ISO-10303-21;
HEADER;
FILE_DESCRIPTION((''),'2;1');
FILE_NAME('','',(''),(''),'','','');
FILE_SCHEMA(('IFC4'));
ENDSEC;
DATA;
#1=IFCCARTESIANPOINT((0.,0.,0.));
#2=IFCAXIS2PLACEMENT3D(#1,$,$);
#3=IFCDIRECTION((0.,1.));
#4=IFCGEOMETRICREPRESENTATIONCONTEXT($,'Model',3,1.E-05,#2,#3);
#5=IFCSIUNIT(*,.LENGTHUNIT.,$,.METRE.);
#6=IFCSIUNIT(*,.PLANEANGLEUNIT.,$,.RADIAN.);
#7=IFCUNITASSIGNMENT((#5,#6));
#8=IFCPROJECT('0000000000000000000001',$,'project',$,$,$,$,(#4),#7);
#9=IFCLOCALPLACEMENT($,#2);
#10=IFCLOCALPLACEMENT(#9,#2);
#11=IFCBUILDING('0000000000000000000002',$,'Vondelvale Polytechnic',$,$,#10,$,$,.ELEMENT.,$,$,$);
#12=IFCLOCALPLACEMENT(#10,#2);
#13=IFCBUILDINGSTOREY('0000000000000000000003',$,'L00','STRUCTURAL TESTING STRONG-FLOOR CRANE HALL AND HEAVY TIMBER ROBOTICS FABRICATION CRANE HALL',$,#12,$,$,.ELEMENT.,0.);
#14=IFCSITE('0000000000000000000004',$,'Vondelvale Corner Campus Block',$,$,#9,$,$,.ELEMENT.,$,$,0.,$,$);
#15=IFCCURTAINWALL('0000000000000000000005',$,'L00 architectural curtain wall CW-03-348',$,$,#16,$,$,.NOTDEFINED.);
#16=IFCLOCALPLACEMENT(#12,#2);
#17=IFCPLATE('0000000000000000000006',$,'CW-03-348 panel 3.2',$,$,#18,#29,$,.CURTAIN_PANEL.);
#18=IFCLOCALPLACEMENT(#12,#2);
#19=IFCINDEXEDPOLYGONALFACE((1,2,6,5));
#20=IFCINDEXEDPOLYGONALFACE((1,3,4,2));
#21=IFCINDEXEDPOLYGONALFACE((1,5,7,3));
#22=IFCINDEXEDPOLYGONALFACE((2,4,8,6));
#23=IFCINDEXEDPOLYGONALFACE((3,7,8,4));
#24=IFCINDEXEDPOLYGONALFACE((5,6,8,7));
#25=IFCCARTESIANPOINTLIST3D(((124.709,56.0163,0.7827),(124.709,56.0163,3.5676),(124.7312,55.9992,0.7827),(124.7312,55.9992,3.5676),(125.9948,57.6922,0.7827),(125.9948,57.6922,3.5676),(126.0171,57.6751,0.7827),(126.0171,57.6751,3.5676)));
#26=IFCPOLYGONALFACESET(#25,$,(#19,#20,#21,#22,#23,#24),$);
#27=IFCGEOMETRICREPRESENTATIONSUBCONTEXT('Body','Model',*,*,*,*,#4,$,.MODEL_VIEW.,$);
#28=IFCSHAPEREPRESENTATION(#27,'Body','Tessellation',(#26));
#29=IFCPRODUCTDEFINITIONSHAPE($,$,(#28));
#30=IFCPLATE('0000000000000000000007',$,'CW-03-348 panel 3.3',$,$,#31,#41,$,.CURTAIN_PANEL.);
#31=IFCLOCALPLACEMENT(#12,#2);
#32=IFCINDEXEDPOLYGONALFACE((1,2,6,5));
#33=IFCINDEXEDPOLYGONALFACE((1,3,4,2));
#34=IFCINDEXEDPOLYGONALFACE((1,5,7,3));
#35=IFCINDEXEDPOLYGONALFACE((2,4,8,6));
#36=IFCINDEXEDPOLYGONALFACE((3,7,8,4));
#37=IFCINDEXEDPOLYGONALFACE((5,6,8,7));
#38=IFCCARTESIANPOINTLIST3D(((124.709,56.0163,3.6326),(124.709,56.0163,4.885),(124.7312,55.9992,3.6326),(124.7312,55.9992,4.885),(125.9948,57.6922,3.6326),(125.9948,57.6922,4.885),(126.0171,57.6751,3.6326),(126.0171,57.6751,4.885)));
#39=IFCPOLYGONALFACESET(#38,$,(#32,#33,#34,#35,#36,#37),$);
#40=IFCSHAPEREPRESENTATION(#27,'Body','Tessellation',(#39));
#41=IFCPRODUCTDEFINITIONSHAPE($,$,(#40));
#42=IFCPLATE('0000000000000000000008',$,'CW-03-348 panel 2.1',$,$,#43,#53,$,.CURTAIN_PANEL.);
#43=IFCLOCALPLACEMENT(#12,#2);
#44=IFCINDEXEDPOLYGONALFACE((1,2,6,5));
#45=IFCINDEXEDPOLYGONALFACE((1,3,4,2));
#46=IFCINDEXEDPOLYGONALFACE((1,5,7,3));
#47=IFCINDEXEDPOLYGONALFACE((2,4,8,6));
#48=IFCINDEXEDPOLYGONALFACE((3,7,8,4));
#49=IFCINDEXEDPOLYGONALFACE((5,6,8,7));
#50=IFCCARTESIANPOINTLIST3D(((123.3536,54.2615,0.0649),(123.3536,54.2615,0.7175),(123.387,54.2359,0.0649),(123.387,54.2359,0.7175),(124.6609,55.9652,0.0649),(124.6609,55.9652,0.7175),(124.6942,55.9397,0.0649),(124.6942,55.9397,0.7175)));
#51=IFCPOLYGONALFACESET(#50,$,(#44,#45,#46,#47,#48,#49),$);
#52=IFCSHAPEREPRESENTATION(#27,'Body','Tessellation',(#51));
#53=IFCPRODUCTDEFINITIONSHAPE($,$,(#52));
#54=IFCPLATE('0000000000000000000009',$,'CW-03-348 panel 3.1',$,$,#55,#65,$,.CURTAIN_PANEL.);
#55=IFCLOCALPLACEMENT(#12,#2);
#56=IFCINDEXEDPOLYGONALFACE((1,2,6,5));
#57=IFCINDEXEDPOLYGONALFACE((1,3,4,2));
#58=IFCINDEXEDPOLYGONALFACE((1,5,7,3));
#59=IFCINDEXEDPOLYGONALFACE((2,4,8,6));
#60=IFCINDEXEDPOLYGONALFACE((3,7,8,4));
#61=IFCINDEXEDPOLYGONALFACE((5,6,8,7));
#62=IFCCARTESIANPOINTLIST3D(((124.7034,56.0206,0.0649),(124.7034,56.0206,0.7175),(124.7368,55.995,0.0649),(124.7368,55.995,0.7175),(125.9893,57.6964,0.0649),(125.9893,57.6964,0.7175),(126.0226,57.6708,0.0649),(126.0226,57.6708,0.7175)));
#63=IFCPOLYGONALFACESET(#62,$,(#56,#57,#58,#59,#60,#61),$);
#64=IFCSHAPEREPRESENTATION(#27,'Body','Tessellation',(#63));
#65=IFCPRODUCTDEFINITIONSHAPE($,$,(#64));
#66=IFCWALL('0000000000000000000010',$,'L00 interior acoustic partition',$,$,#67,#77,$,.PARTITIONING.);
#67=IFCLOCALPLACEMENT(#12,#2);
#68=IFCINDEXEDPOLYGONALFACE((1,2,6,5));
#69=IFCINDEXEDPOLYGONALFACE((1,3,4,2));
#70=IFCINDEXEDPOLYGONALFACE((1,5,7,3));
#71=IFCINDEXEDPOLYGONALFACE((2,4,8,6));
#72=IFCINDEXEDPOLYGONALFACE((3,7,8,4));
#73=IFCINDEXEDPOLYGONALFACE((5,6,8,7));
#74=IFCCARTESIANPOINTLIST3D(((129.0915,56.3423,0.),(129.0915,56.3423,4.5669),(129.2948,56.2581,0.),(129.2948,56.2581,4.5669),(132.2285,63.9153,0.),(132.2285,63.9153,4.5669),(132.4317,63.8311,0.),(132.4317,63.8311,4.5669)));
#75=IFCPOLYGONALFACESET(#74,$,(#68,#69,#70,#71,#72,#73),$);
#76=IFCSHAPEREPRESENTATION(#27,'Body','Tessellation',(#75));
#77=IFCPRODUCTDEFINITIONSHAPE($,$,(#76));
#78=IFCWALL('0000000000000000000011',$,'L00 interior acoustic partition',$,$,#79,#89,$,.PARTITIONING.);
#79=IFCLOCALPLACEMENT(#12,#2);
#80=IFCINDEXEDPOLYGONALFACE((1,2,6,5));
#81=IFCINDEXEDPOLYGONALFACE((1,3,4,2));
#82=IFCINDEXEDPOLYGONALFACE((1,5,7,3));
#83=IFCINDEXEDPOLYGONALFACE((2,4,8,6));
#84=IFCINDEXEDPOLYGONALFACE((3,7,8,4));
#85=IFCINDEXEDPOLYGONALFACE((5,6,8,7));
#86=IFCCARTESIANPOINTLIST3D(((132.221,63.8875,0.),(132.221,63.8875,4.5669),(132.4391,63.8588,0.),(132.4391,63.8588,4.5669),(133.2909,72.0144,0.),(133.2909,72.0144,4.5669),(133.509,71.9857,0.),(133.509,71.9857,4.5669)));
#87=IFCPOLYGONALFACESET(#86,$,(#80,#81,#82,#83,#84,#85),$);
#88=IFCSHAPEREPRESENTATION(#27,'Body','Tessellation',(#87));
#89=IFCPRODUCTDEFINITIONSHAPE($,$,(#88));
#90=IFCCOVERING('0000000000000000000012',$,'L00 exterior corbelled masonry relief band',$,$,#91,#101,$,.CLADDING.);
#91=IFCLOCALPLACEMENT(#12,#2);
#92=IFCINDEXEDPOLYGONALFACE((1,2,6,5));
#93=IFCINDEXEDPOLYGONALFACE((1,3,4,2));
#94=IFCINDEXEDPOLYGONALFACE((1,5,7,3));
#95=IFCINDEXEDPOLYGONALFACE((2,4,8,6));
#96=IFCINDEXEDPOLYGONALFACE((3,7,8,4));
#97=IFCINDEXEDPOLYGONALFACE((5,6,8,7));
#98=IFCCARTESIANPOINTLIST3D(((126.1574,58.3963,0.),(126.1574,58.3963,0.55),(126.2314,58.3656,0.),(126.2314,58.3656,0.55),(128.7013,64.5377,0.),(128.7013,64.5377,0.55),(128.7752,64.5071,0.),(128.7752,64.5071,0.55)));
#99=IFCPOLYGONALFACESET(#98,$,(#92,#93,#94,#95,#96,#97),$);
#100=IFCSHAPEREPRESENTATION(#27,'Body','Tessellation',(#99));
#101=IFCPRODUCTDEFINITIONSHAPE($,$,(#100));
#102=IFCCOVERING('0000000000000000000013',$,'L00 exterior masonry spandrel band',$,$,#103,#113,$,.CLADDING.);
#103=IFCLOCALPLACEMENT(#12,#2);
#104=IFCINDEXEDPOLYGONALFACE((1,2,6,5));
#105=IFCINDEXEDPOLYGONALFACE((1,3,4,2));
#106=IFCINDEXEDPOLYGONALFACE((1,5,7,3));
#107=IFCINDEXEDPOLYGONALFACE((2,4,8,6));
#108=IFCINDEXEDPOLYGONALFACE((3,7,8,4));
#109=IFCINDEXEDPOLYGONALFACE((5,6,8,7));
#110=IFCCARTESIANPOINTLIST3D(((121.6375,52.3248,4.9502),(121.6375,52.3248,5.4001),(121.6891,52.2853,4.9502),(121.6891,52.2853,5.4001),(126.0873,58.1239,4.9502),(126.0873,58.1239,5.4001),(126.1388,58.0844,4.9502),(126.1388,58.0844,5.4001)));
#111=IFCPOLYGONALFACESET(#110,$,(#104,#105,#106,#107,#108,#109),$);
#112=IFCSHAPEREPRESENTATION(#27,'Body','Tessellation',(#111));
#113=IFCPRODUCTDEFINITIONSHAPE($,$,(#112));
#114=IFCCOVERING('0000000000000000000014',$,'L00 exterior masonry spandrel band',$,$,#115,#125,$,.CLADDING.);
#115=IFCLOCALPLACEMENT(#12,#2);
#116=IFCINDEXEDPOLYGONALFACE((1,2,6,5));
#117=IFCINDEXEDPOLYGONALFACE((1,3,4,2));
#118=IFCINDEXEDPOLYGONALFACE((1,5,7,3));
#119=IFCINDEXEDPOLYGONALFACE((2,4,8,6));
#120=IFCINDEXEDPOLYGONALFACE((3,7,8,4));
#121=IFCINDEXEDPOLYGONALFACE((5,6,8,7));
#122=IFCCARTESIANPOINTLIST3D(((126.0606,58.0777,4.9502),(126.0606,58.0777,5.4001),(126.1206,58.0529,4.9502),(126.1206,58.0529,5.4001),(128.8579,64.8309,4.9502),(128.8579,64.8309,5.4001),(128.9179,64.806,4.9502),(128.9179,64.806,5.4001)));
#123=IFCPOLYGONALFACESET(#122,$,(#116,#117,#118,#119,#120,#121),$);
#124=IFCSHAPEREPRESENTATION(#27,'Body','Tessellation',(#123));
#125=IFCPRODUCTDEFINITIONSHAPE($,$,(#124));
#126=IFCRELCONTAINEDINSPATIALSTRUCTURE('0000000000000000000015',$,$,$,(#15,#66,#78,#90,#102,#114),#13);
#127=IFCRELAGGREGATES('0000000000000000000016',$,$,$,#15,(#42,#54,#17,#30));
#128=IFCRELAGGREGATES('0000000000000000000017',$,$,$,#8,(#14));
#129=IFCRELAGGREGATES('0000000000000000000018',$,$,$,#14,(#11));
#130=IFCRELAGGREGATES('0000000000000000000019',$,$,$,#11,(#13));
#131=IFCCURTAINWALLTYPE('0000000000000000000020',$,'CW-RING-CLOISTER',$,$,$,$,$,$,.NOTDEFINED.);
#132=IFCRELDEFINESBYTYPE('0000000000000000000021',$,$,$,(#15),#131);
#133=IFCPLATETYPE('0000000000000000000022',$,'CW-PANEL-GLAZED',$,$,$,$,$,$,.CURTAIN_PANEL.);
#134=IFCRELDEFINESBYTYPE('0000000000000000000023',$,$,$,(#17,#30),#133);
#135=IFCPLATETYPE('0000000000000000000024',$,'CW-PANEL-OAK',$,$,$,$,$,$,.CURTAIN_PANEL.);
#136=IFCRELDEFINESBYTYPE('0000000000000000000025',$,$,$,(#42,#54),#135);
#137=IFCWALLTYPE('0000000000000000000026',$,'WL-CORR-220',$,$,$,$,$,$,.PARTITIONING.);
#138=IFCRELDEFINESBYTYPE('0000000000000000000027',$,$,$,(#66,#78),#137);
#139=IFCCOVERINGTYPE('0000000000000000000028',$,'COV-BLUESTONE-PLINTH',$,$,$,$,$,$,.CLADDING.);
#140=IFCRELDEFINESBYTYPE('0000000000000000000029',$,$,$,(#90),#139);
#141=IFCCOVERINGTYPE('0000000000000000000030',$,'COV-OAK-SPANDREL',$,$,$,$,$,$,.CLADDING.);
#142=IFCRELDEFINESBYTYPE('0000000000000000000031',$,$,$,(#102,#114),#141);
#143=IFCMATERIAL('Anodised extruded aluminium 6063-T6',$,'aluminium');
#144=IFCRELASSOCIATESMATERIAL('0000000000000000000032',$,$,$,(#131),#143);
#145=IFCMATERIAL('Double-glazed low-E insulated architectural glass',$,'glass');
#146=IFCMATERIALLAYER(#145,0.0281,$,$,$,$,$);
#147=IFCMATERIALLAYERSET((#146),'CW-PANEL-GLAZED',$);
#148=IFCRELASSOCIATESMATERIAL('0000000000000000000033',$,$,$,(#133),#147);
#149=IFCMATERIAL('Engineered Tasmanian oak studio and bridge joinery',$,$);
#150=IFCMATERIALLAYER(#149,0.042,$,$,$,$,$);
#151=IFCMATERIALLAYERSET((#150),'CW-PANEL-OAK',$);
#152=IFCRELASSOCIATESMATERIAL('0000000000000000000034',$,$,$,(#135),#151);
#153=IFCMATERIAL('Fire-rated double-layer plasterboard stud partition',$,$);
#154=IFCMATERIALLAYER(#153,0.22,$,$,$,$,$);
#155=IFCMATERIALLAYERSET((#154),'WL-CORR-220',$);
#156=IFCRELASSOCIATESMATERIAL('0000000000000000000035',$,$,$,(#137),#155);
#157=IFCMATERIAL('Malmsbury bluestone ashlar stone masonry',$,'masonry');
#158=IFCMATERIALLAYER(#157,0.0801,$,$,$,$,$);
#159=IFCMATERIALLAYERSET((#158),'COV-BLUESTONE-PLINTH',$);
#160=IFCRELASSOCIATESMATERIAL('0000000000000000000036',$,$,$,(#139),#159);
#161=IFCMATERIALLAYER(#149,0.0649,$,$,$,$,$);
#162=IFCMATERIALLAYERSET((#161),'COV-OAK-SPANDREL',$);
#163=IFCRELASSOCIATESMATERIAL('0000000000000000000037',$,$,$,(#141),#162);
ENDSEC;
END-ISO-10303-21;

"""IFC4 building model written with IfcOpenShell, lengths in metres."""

from ifc_helpers import new_model, si_unit, direction, frame, frame_2d, origin, origin_2d, place, context, subcontext, project, spatial, rectangle, extrude, material, layer, layer_set, type_object, element, aggregate, save


model = new_model("IFC4")

# Units and contexts
model_context = context("Model", 3, precision=1e-05, world=origin(), true_north=direction((0.0, 1.0)))
body_context = subcontext(model_context, "Body", "Model", "MODEL_VIEW")
ifc_project = project(units=[si_unit("LENGTHUNIT", "METRE"), si_unit("PLANEANGLEUNIT", "RADIAN")], contexts=[model_context])

# Site, building, storey
site_placement = place(None, origin())
site = spatial("IfcSite", under=ifc_project, at=site_placement, Name="Vondelvale Corner Campus Block", CompositionType="ELEMENT", RefElevation=0.0)
building_placement = place(site_placement, origin())
building = spatial("IfcBuilding", under=site, at=building_placement, Name="Vondelvale Polytechnic", CompositionType="ELEMENT")
storey_placement = place(building_placement, origin())
storey = spatial("IfcBuildingStorey", under=building, at=storey_placement, Name="L00", Description="STRUCTURAL TESTING STRONG-FLOOR CRANE HALL AND HEAVY TIMBER ROBOTICS FABRICATION CRANE HALL", CompositionType="ELEMENT", Elevation=0.0)

# Curtain wall, plates
ifc_material_1 = material(Name="Anodised extruded aluminium 6063-T6", Category="aluminium")
curtain_wall_type = type_object("IfcCurtainWallType", Name="CW-RING-CLOISTER", PredefinedType="NOTDEFINED", material=ifc_material_1)
curtain_wall_placement = place(storey_placement, origin())
curtain_wall = element("IfcCurtainWall", 1, at=curtain_wall_placement, inside=storey, type_object=curtain_wall_type, Name="L00 architectural curtain wall CW-03-348", PredefinedType="NOTDEFINED")
ifc_material_2 = material(Name="Double-glazed low-E insulated architectural glass", Category="glass")
ifc_layer_1 = layer(ifc_material_2, 0.0281)
ifc_layer_set_1 = layer_set([ifc_layer_1], Name="CW-PANEL-GLAZED")
plate_type_1 = type_object("IfcPlateType", Name="CW-PANEL-GLAZED", PredefinedType="CURTAIN_PANEL", material=ifc_layer_set_1)
plate_1_placement = place(storey_placement, frame((125.363, 56.8457, 0.7827), z_axis=(0.0, 0.0, 1.0), x_axis=(0.608748, 0.793364, 0.0)))
plate_1 = element("IfcPlate", 2, at=plate_1_placement, type_object=plate_type_1, Name="CW-03-348 panel 3.2", PredefinedType="CURTAIN_PANEL", context=body_context, shape_type="SweptSolid", body=[
    extrude(rectangle(XDim=2.1123, YDim=0.0281, at=origin_2d()), origin(), (0.0, 0.0, 1.0), 2.7849),
])
plate_2_placement = place(storey_placement, frame((125.363, 56.8457, 3.6326), z_axis=(0.0, 0.0, 1.0), x_axis=(0.608748, 0.793364, 0.0)))
plate_2 = element("IfcPlate", 3, at=plate_2_placement, type_object=plate_type_1, Name="CW-03-348 panel 3.3", PredefinedType="CURTAIN_PANEL", context=body_context, shape_type="SweptSolid", body=[
    extrude(rectangle(XDim=2.1123, YDim=0.0281, at=origin_2d()), origin(), (0.0, 0.0, 1.0), 1.2524),
])
ifc_material_3 = material(Name="Engineered Tasmanian oak studio and bridge joinery")
ifc_layer_2 = layer(ifc_material_3, 0.042)
ifc_layer_set_2 = layer_set([ifc_layer_2], Name="CW-PANEL-OAK")
plate_type_2 = type_object("IfcPlateType", Name="CW-PANEL-OAK", PredefinedType="CURTAIN_PANEL", material=ifc_layer_set_2)
plate_3_placement = place(storey_placement, frame((124.0239, 55.1006, 0.0649), z_axis=(0.0, 0.0, 1.0), x_axis=(0.608748, 0.793364, 0.0)))
plate_3 = element("IfcPlate", 4, at=plate_3_placement, type_object=plate_type_2, Name="CW-03-348 panel 2.1", PredefinedType="CURTAIN_PANEL", context=body_context, shape_type="SweptSolid", body=[
    extrude(rectangle(XDim=2.1475, YDim=0.042, at=origin_2d()), origin(), (0.0, 0.0, 1.0), 0.6526),
])
plate_4_placement = place(storey_placement, frame((125.363, 56.8457, 0.0649), z_axis=(0.0, 0.0, 1.0), x_axis=(0.608748, 0.793364, 0.0)))
plate_4 = element("IfcPlate", 5, at=plate_4_placement, type_object=plate_type_2, Name="CW-03-348 panel 3.1", PredefinedType="CURTAIN_PANEL", context=body_context, shape_type="SweptSolid", body=[
    extrude(rectangle(XDim=2.1123, YDim=0.042, at=origin_2d()), origin(), (0.0, 0.0, 1.0), 0.6526),
])
aggregate(curtain_wall, [plate_3, plate_4, plate_1, plate_2])

# Walls
ifc_material_4 = material(Name="Fire-rated double-layer plasterboard stud partition")
ifc_layer_3 = layer(ifc_material_4, 0.22)
ifc_layer_set_3 = layer_set([ifc_layer_3], Name="WL-CORR-220")
wall_type_1 = type_object("IfcWallType", Name="WL-CORR-220", PredefinedType="PARTITIONING", material=ifc_layer_set_3)
for number, where, z_axis, x_axis, name in (
    (6, (129.1931, 56.3, 0.0), (0.0, 0.0, 1.0), (0.382696, 0.923874, 0.0), "L00 interior acoustic partition"),
    (7, (132.3301, 63.873, 0.0), (0.0, 0.0, 1.0), (0.130513, 0.991447, 0.0), "L00 interior acoustic partition"),
):
    element("IfcWall", number, at=place(storey_placement, frame(where, z_axis=z_axis, x_axis=x_axis)), inside=storey, type_object=wall_type_1, Name=name, PredefinedType="PARTITIONING", context=body_context, shape_type="SweptSolid", body=[
        extrude(rectangle(XDim=8.197, YDim=0.22, at=frame_2d((4.0986, 0.0))), origin(), (0.0, 0.0, 1.0), 4.5669),
    ])

# Coverings
ifc_material_5 = material(Name="Malmsbury bluestone ashlar stone masonry", Category="masonry")
ifc_layer_4 = layer(ifc_material_5, 0.0801)
ifc_layer_set_4 = layer_set([ifc_layer_4], Name="COV-BLUESTONE-PLINTH")
covering_type_1 = type_object("IfcCoveringType", Name="COV-BLUESTONE-PLINTH", PredefinedType="CLADDING", material=ifc_layer_set_4)
covering_placement = place(storey_placement, frame((127.4663, 61.4517, 0.0), z_axis=(0.0, 0.0, 1.0), x_axis=(0.382683, 0.92388, 0.0)))
element("IfcCovering", 8, at=covering_placement, inside=storey, type_object=covering_type_1, Name="L00 exterior corbelled masonry relief band", PredefinedType="CLADDING", context=body_context, shape_type="SweptSolid", body=[
    extrude(rectangle(XDim=6.6475, YDim=0.0801, at=origin_2d()), origin(), (0.0, 0.0, 1.0), 0.55),
])
ifc_layer_5 = layer(ifc_material_3, 0.0649)
ifc_layer_set_5 = layer_set([ifc_layer_5], Name="COV-OAK-SPANDREL")
covering_type_2 = type_object("IfcCoveringType", Name="COV-OAK-SPANDREL", PredefinedType="CLADDING", material=ifc_layer_set_5)
for number, where, z_axis, x_axis, name in (
    (9, (123.8882, 55.2046, 4.9502), (0.0, 0.0, 1.0), (0.608761, 0.793353, 0.0), "L00 exterior masonry spandrel band"),
    (10, (127.4893, 61.4419, 4.9502), (0.0, 0.0, 1.0), (0.382683, 0.92388, 0.0), "L00 exterior masonry spandrel band"),
):
    element("IfcCovering", number, at=place(storey_placement, frame(where, z_axis=z_axis, x_axis=x_axis)), inside=storey, type_object=covering_type_2, Name=name, PredefinedType="CLADDING", context=body_context, shape_type="SweptSolid", body=[
        extrude(rectangle(XDim=7.3096, YDim=0.0649, at=origin_2d()), origin(), (0.0, 0.0, 1.0), 0.45),
    ])

save(model, "model.ifc")
